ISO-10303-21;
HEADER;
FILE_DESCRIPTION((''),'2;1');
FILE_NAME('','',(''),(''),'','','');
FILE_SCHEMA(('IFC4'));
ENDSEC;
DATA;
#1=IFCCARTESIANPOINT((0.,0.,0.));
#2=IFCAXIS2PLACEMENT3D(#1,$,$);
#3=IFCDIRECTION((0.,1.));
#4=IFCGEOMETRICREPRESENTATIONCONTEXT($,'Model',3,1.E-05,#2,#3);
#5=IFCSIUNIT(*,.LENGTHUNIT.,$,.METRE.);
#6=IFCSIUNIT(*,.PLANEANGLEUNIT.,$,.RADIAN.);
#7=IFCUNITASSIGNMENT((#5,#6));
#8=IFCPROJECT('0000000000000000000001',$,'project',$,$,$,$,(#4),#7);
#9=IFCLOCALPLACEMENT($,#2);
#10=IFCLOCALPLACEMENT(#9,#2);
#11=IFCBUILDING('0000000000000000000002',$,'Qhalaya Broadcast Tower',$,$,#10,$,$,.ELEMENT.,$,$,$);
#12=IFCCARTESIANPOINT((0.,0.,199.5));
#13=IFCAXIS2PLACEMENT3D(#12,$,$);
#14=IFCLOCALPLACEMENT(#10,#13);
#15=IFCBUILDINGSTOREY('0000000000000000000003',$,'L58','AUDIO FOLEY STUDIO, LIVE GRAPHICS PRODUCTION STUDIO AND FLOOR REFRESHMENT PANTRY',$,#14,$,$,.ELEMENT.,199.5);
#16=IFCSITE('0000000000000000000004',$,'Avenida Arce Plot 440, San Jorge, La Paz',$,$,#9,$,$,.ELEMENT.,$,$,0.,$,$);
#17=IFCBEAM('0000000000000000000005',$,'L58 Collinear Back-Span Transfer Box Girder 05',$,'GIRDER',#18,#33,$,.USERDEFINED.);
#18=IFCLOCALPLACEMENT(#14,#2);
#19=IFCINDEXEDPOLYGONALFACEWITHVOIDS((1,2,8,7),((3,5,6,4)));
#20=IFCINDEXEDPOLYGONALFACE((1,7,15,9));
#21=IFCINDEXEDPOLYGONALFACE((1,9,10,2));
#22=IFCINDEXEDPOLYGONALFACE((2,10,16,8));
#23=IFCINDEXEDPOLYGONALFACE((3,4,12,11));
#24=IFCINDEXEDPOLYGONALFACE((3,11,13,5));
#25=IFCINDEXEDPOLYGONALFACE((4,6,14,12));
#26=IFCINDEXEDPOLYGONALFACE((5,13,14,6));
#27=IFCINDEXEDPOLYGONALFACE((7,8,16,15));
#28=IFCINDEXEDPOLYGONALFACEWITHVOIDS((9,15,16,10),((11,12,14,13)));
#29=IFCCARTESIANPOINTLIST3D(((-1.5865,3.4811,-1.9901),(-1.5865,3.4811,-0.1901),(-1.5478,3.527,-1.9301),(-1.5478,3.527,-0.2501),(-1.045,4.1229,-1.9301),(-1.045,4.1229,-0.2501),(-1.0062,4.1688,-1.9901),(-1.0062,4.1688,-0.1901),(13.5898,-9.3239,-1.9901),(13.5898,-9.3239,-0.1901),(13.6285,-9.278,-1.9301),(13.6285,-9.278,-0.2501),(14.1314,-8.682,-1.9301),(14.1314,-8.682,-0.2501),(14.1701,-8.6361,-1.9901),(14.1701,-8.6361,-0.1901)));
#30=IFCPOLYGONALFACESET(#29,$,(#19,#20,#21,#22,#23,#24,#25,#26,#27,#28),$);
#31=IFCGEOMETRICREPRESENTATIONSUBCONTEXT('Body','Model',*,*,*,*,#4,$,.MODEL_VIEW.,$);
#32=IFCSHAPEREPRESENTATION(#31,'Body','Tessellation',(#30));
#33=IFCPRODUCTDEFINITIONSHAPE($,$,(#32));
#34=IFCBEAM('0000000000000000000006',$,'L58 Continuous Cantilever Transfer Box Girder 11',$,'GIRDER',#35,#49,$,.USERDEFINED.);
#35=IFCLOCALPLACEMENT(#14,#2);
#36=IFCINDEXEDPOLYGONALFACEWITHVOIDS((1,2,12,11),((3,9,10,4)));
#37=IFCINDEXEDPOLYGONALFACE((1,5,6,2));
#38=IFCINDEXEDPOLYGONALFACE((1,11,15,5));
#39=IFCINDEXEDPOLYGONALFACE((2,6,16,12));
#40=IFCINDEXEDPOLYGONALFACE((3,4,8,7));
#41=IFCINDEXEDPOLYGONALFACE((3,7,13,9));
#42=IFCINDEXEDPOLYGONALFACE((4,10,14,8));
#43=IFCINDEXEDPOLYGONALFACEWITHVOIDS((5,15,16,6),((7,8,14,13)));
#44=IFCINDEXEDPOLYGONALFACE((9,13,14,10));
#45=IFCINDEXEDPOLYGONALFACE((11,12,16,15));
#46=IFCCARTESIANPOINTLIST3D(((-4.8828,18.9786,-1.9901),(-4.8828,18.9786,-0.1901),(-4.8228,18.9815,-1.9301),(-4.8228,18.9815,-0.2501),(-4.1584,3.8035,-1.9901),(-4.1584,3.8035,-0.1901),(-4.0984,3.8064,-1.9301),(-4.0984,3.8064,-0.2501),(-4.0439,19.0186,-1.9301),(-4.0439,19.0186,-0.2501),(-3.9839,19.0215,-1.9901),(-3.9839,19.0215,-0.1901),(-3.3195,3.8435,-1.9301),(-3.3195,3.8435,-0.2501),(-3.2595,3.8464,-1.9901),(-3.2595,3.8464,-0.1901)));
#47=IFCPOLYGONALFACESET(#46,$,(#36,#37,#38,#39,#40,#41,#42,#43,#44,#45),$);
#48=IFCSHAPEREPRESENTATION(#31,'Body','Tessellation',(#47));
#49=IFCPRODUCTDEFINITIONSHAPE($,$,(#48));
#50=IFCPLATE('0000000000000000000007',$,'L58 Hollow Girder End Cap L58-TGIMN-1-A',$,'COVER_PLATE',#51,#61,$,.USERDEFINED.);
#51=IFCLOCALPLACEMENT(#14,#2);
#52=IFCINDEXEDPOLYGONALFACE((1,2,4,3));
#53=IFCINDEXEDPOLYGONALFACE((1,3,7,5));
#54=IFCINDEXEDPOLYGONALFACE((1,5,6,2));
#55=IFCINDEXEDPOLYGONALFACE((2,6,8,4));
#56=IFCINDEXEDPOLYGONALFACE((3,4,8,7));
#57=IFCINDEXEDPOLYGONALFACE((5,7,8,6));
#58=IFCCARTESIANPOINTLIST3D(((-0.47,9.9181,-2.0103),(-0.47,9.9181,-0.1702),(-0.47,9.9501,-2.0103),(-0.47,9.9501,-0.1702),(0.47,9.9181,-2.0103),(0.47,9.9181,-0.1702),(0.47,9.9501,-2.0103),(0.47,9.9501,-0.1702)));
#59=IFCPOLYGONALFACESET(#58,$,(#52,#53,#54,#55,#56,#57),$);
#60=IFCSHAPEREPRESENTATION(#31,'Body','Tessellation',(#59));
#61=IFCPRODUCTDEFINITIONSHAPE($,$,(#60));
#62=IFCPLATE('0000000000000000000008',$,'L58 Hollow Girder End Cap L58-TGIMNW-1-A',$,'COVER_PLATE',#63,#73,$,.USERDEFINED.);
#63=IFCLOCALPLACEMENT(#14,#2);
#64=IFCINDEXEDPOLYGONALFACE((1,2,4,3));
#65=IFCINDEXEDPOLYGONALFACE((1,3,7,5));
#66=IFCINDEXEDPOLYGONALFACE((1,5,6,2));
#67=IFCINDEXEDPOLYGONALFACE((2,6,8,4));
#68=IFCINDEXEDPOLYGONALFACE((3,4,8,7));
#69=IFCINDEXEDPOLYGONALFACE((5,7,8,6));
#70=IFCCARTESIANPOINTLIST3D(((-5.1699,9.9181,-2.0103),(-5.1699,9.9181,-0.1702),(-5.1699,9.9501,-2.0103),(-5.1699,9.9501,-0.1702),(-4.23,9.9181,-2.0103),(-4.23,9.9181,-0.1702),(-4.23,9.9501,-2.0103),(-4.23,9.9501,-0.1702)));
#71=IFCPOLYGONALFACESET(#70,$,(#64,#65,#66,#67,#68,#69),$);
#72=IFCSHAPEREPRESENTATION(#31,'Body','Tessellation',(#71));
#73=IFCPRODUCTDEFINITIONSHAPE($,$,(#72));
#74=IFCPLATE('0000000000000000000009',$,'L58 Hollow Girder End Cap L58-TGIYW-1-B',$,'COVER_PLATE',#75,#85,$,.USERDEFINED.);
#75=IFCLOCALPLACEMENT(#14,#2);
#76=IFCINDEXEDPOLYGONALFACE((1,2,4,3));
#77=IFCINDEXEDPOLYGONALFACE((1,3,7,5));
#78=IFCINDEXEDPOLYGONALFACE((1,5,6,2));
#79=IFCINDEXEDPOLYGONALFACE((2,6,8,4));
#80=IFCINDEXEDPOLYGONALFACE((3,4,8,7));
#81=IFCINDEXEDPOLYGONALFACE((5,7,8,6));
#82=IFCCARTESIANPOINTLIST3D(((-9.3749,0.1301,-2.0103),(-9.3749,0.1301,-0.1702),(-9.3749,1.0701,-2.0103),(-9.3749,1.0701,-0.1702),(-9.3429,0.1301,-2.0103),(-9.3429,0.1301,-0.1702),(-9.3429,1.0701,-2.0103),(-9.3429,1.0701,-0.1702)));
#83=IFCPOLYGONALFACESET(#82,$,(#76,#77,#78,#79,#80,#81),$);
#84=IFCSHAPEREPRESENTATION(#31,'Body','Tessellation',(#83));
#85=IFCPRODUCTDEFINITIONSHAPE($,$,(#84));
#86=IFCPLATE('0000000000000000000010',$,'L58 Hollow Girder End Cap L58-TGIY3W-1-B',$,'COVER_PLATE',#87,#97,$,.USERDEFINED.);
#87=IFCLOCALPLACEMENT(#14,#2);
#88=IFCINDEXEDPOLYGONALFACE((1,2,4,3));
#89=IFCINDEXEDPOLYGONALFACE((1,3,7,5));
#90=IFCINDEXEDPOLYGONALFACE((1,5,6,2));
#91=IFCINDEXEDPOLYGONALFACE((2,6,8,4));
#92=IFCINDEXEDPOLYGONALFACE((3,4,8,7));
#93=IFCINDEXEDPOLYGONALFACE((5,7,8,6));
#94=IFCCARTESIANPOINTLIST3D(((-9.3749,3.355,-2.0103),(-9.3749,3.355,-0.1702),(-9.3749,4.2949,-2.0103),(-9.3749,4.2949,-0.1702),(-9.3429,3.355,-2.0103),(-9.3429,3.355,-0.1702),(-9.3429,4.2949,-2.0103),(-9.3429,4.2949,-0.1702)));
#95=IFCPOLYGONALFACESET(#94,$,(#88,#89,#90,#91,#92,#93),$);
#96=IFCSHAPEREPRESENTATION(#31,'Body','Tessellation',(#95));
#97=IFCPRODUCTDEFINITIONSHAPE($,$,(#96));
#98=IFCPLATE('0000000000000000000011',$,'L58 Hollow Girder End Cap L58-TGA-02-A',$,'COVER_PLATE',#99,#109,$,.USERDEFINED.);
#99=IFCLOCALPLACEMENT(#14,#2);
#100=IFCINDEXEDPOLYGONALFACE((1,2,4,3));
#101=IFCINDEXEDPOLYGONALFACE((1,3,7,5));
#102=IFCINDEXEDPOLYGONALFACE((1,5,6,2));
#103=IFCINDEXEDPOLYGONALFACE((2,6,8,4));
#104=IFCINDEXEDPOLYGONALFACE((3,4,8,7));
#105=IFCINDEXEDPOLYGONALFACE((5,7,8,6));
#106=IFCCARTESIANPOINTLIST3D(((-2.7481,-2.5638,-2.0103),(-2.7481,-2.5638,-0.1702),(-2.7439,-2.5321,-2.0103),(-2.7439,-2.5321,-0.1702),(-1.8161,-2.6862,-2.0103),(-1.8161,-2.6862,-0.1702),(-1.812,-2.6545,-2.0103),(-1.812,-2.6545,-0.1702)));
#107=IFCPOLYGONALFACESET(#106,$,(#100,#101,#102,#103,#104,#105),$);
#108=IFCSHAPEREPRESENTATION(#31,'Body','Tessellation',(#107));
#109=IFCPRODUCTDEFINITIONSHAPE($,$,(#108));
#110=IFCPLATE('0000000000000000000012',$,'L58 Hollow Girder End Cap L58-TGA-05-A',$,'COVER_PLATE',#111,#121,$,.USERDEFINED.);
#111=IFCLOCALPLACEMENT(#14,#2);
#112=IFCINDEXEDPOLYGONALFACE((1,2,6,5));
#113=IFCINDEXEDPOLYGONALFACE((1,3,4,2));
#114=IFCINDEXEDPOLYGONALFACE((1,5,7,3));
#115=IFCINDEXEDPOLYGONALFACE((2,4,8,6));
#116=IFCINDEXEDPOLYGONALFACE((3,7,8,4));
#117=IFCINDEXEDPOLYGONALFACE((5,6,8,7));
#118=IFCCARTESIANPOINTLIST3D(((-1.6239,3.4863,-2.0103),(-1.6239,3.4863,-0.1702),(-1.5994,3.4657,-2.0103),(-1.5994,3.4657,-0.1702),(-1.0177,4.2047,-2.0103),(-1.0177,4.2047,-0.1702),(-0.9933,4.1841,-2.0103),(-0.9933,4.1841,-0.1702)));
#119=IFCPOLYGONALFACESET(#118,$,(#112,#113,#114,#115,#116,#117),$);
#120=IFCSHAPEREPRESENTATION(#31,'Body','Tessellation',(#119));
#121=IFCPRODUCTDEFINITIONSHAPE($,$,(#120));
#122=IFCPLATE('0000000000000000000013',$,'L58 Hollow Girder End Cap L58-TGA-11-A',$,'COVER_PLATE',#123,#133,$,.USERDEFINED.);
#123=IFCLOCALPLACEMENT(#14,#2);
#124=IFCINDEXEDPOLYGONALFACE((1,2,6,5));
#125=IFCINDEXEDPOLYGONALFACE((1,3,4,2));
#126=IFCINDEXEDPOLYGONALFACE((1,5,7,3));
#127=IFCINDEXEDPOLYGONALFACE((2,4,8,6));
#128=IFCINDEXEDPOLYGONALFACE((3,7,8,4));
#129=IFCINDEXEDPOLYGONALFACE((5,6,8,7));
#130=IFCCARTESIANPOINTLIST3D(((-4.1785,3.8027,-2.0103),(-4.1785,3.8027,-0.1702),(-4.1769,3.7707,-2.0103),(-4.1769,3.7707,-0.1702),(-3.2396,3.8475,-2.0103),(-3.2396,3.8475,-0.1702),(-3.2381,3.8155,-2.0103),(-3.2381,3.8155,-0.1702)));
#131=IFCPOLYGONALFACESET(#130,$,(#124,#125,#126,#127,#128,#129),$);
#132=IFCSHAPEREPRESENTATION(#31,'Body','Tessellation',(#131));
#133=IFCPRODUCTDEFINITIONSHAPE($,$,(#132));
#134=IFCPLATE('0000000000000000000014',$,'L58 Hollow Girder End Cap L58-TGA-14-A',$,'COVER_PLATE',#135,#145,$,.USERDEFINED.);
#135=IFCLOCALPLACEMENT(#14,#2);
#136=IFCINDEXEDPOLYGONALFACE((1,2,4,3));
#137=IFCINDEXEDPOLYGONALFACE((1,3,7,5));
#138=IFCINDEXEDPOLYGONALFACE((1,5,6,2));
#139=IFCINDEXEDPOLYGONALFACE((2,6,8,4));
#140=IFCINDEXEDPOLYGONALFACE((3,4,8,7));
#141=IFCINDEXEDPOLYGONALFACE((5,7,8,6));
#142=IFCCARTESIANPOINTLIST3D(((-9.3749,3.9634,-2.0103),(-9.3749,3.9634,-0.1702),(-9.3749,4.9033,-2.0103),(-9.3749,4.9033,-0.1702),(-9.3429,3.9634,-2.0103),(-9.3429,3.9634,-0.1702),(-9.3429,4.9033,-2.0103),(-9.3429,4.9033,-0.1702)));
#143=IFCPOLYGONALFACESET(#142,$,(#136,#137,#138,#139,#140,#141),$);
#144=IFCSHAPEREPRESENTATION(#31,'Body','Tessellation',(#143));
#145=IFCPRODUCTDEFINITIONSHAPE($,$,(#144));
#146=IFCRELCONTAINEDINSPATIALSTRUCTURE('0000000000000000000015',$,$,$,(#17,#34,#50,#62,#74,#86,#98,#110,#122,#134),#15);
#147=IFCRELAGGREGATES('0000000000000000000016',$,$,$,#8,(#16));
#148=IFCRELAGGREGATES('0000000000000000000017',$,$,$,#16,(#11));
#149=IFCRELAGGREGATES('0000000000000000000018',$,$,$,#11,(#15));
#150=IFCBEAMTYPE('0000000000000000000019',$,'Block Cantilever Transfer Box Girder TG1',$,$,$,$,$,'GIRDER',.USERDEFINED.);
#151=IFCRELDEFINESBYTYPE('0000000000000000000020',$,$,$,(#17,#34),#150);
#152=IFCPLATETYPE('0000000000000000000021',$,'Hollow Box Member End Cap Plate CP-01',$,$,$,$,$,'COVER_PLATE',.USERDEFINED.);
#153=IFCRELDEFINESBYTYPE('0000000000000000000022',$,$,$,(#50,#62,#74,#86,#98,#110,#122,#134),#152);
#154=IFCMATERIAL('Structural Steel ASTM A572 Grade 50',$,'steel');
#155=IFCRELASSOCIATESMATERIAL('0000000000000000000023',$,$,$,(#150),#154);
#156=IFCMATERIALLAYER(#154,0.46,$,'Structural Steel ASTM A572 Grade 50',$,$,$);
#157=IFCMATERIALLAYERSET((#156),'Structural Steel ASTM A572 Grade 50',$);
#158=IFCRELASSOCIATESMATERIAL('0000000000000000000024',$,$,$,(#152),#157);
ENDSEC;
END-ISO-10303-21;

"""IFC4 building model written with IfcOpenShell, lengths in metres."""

from ifc_helpers import new_model, si_unit, direction, frame, origin, origin_2d, place, context, subcontext, project, spatial, rectangle, hollow_rectangle, extrude, material, layer, layer_set, material_profile, profile_set, type_object, element, save


model = new_model("IFC4")

# Units and contexts
model_context = context("Model", 3, precision=1e-05, world=origin(), true_north=direction((0.0, 1.0)))
body_context = subcontext(model_context, "Body", "Model", "MODEL_VIEW")
ifc_project = project(units=[si_unit("LENGTHUNIT", "METRE"), si_unit("PLANEANGLEUNIT", "RADIAN")], contexts=[model_context])

# Site, building, storey
site_placement = place(None, origin())
site = spatial("IfcSite", under=ifc_project, at=site_placement, Name="Avenida Arce Plot 440, San Jorge, La Paz", CompositionType="ELEMENT", RefElevation=0.0)
building_placement = place(site_placement, origin())
building = spatial("IfcBuilding", under=site, at=building_placement, Name="Qhalaya Broadcast Tower", CompositionType="ELEMENT")
storey_placement = place(building_placement, frame((0.0, 0.0, 199.5)))
storey = spatial("IfcBuildingStorey", under=building, at=storey_placement, Name="L58", Description="AUDIO FOLEY STUDIO, LIVE GRAPHICS PRODUCTION STUDIO AND FLOOR REFRESHMENT PANTRY", CompositionType="ELEMENT", Elevation=199.5)

# Beams
ifc_material_1 = material(Name="Structural Steel ASTM A572 Grade 50", Category="steel")
ifc_material_profile = material_profile(ifc_material_1, hollow_rectangle(XDim=0.8999, YDim=1.8, WallThickness=0.0601, at=origin_2d()), Name="BOX 900x1800x60")
ifc_profile_set = profile_set([ifc_material_profile], Name="Structural Steel ASTM A572 Grade 50")
beam_type = type_object("IfcBeamType", Name="Block Cantilever Transfer Box Girder TG1", ElementType="GIRDER", PredefinedType="USERDEFINED", material=ifc_profile_set)
beam_1_placement = place(storey_placement, frame((-1.2964, 3.825, -1.0901), z_axis=(0.764293, -0.64487, 0.0), x_axis=(0.64487, 0.764293, 0.0)))
element("IfcBeam", 1, at=beam_1_placement, inside=storey, type_object=beam_type, Name="L58 Collinear Back-Span Transfer Box Girder 05", ObjectType="GIRDER", PredefinedType="USERDEFINED", context=body_context, shape_type="SweptSolid", body=[
    extrude(hollow_rectangle(XDim=0.8999, YDim=1.8, WallThickness=0.0601, at=origin_2d()), origin(), (0.0, 0.0, 1.0), 19.8567),
])
beam_2_placement = place(storey_placement, frame((-3.709, 3.825, -1.0901), z_axis=(-0.04768, 0.998863, 0.0), x_axis=(-0.998863, -0.04768, 0.0)))
element("IfcBeam", 2, at=beam_2_placement, inside=storey, type_object=beam_type, Name="L58 Continuous Cantilever Transfer Box Girder 11", ObjectType="GIRDER", PredefinedType="USERDEFINED", context=body_context, shape_type="SweptSolid", body=[
    extrude(hollow_rectangle(XDim=0.8999, YDim=1.8, WallThickness=0.0601, at=origin_2d()), origin(), (0.0, 0.0, 1.0), 15.1924),
])

# Plates
ifc_layer_1 = layer(ifc_material_1, 0.46, Name="Structural Steel ASTM A572 Grade 50")
ifc_layer_set_1 = layer_set([ifc_layer_1], Name="Structural Steel ASTM A572 Grade 50")
plate_type = type_object("IfcPlateType", Name="Hollow Box Member End Cap Plate CP-01", ElementType="COVER_PLATE", PredefinedType="USERDEFINED", material=ifc_layer_set_1)
for number, where, z_axis, x_axis, name in (
    (3, (0.0, 9.9341, -2.0103), (0.0, 0.0, 1.0), (-1.0, 0.0, 0.0), "L58 Hollow Girder End Cap L58-TGIMN-1-A"),
    (4, (-4.7, 9.9341, -2.0103), (0.0, 0.0, 1.0), (-1.0, 0.0, 0.0), "L58 Hollow Girder End Cap L58-TGIMNW-1-A"),
    (5, (-9.3589, 0.6001, -2.0103), (0.0, 0.0, 1.0), (0.0, 1.0, 0.0), "L58 Hollow Girder End Cap L58-TGIYW-1-B"),
    (6, (-9.3589, 3.825, -2.0103), (0.0, 0.0, 1.0), (0.0, 1.0, 0.0), "L58 Hollow Girder End Cap L58-TGIY3W-1-B"),
    (7, (-2.28, -2.6091, -2.0103), (0.0, 0.0, 1.0), (0.991481, -0.130249, 0.0), "L58 Hollow Girder End Cap L58-TGA-02-A"),
    (8, (-1.3086, 3.8352, -2.0103), (0.0, 0.0, 1.0), (0.644871, 0.764291, 0.0), "L58 Hollow Girder End Cap L58-TGA-05-A"),
    (9, (-3.7083, 3.8091, -2.0103), (0.0, 0.0, 1.0), (-0.998863, -0.047664, 0.0), "L58 Hollow Girder End Cap L58-TGA-11-A"),
    (10, (-9.3589, 4.4333, -2.0103), (0.0, 0.0, 1.0), (0.0, -1.0, 0.0), "L58 Hollow Girder End Cap L58-TGA-14-A"),
):
    element("IfcPlate", number, at=place(storey_placement, frame(where, z_axis=z_axis, x_axis=x_axis)), inside=storey, type_object=plate_type, Name=name, ObjectType="COVER_PLATE", PredefinedType="USERDEFINED", context=body_context, shape_type="SweptSolid", body=[
        extrude(rectangle(XDim=0.9399, YDim=0.032, at=origin_2d()), origin(), (0.0, 0.0, 1.0), 1.8401),
    ])

save(model, "model.ifc")
